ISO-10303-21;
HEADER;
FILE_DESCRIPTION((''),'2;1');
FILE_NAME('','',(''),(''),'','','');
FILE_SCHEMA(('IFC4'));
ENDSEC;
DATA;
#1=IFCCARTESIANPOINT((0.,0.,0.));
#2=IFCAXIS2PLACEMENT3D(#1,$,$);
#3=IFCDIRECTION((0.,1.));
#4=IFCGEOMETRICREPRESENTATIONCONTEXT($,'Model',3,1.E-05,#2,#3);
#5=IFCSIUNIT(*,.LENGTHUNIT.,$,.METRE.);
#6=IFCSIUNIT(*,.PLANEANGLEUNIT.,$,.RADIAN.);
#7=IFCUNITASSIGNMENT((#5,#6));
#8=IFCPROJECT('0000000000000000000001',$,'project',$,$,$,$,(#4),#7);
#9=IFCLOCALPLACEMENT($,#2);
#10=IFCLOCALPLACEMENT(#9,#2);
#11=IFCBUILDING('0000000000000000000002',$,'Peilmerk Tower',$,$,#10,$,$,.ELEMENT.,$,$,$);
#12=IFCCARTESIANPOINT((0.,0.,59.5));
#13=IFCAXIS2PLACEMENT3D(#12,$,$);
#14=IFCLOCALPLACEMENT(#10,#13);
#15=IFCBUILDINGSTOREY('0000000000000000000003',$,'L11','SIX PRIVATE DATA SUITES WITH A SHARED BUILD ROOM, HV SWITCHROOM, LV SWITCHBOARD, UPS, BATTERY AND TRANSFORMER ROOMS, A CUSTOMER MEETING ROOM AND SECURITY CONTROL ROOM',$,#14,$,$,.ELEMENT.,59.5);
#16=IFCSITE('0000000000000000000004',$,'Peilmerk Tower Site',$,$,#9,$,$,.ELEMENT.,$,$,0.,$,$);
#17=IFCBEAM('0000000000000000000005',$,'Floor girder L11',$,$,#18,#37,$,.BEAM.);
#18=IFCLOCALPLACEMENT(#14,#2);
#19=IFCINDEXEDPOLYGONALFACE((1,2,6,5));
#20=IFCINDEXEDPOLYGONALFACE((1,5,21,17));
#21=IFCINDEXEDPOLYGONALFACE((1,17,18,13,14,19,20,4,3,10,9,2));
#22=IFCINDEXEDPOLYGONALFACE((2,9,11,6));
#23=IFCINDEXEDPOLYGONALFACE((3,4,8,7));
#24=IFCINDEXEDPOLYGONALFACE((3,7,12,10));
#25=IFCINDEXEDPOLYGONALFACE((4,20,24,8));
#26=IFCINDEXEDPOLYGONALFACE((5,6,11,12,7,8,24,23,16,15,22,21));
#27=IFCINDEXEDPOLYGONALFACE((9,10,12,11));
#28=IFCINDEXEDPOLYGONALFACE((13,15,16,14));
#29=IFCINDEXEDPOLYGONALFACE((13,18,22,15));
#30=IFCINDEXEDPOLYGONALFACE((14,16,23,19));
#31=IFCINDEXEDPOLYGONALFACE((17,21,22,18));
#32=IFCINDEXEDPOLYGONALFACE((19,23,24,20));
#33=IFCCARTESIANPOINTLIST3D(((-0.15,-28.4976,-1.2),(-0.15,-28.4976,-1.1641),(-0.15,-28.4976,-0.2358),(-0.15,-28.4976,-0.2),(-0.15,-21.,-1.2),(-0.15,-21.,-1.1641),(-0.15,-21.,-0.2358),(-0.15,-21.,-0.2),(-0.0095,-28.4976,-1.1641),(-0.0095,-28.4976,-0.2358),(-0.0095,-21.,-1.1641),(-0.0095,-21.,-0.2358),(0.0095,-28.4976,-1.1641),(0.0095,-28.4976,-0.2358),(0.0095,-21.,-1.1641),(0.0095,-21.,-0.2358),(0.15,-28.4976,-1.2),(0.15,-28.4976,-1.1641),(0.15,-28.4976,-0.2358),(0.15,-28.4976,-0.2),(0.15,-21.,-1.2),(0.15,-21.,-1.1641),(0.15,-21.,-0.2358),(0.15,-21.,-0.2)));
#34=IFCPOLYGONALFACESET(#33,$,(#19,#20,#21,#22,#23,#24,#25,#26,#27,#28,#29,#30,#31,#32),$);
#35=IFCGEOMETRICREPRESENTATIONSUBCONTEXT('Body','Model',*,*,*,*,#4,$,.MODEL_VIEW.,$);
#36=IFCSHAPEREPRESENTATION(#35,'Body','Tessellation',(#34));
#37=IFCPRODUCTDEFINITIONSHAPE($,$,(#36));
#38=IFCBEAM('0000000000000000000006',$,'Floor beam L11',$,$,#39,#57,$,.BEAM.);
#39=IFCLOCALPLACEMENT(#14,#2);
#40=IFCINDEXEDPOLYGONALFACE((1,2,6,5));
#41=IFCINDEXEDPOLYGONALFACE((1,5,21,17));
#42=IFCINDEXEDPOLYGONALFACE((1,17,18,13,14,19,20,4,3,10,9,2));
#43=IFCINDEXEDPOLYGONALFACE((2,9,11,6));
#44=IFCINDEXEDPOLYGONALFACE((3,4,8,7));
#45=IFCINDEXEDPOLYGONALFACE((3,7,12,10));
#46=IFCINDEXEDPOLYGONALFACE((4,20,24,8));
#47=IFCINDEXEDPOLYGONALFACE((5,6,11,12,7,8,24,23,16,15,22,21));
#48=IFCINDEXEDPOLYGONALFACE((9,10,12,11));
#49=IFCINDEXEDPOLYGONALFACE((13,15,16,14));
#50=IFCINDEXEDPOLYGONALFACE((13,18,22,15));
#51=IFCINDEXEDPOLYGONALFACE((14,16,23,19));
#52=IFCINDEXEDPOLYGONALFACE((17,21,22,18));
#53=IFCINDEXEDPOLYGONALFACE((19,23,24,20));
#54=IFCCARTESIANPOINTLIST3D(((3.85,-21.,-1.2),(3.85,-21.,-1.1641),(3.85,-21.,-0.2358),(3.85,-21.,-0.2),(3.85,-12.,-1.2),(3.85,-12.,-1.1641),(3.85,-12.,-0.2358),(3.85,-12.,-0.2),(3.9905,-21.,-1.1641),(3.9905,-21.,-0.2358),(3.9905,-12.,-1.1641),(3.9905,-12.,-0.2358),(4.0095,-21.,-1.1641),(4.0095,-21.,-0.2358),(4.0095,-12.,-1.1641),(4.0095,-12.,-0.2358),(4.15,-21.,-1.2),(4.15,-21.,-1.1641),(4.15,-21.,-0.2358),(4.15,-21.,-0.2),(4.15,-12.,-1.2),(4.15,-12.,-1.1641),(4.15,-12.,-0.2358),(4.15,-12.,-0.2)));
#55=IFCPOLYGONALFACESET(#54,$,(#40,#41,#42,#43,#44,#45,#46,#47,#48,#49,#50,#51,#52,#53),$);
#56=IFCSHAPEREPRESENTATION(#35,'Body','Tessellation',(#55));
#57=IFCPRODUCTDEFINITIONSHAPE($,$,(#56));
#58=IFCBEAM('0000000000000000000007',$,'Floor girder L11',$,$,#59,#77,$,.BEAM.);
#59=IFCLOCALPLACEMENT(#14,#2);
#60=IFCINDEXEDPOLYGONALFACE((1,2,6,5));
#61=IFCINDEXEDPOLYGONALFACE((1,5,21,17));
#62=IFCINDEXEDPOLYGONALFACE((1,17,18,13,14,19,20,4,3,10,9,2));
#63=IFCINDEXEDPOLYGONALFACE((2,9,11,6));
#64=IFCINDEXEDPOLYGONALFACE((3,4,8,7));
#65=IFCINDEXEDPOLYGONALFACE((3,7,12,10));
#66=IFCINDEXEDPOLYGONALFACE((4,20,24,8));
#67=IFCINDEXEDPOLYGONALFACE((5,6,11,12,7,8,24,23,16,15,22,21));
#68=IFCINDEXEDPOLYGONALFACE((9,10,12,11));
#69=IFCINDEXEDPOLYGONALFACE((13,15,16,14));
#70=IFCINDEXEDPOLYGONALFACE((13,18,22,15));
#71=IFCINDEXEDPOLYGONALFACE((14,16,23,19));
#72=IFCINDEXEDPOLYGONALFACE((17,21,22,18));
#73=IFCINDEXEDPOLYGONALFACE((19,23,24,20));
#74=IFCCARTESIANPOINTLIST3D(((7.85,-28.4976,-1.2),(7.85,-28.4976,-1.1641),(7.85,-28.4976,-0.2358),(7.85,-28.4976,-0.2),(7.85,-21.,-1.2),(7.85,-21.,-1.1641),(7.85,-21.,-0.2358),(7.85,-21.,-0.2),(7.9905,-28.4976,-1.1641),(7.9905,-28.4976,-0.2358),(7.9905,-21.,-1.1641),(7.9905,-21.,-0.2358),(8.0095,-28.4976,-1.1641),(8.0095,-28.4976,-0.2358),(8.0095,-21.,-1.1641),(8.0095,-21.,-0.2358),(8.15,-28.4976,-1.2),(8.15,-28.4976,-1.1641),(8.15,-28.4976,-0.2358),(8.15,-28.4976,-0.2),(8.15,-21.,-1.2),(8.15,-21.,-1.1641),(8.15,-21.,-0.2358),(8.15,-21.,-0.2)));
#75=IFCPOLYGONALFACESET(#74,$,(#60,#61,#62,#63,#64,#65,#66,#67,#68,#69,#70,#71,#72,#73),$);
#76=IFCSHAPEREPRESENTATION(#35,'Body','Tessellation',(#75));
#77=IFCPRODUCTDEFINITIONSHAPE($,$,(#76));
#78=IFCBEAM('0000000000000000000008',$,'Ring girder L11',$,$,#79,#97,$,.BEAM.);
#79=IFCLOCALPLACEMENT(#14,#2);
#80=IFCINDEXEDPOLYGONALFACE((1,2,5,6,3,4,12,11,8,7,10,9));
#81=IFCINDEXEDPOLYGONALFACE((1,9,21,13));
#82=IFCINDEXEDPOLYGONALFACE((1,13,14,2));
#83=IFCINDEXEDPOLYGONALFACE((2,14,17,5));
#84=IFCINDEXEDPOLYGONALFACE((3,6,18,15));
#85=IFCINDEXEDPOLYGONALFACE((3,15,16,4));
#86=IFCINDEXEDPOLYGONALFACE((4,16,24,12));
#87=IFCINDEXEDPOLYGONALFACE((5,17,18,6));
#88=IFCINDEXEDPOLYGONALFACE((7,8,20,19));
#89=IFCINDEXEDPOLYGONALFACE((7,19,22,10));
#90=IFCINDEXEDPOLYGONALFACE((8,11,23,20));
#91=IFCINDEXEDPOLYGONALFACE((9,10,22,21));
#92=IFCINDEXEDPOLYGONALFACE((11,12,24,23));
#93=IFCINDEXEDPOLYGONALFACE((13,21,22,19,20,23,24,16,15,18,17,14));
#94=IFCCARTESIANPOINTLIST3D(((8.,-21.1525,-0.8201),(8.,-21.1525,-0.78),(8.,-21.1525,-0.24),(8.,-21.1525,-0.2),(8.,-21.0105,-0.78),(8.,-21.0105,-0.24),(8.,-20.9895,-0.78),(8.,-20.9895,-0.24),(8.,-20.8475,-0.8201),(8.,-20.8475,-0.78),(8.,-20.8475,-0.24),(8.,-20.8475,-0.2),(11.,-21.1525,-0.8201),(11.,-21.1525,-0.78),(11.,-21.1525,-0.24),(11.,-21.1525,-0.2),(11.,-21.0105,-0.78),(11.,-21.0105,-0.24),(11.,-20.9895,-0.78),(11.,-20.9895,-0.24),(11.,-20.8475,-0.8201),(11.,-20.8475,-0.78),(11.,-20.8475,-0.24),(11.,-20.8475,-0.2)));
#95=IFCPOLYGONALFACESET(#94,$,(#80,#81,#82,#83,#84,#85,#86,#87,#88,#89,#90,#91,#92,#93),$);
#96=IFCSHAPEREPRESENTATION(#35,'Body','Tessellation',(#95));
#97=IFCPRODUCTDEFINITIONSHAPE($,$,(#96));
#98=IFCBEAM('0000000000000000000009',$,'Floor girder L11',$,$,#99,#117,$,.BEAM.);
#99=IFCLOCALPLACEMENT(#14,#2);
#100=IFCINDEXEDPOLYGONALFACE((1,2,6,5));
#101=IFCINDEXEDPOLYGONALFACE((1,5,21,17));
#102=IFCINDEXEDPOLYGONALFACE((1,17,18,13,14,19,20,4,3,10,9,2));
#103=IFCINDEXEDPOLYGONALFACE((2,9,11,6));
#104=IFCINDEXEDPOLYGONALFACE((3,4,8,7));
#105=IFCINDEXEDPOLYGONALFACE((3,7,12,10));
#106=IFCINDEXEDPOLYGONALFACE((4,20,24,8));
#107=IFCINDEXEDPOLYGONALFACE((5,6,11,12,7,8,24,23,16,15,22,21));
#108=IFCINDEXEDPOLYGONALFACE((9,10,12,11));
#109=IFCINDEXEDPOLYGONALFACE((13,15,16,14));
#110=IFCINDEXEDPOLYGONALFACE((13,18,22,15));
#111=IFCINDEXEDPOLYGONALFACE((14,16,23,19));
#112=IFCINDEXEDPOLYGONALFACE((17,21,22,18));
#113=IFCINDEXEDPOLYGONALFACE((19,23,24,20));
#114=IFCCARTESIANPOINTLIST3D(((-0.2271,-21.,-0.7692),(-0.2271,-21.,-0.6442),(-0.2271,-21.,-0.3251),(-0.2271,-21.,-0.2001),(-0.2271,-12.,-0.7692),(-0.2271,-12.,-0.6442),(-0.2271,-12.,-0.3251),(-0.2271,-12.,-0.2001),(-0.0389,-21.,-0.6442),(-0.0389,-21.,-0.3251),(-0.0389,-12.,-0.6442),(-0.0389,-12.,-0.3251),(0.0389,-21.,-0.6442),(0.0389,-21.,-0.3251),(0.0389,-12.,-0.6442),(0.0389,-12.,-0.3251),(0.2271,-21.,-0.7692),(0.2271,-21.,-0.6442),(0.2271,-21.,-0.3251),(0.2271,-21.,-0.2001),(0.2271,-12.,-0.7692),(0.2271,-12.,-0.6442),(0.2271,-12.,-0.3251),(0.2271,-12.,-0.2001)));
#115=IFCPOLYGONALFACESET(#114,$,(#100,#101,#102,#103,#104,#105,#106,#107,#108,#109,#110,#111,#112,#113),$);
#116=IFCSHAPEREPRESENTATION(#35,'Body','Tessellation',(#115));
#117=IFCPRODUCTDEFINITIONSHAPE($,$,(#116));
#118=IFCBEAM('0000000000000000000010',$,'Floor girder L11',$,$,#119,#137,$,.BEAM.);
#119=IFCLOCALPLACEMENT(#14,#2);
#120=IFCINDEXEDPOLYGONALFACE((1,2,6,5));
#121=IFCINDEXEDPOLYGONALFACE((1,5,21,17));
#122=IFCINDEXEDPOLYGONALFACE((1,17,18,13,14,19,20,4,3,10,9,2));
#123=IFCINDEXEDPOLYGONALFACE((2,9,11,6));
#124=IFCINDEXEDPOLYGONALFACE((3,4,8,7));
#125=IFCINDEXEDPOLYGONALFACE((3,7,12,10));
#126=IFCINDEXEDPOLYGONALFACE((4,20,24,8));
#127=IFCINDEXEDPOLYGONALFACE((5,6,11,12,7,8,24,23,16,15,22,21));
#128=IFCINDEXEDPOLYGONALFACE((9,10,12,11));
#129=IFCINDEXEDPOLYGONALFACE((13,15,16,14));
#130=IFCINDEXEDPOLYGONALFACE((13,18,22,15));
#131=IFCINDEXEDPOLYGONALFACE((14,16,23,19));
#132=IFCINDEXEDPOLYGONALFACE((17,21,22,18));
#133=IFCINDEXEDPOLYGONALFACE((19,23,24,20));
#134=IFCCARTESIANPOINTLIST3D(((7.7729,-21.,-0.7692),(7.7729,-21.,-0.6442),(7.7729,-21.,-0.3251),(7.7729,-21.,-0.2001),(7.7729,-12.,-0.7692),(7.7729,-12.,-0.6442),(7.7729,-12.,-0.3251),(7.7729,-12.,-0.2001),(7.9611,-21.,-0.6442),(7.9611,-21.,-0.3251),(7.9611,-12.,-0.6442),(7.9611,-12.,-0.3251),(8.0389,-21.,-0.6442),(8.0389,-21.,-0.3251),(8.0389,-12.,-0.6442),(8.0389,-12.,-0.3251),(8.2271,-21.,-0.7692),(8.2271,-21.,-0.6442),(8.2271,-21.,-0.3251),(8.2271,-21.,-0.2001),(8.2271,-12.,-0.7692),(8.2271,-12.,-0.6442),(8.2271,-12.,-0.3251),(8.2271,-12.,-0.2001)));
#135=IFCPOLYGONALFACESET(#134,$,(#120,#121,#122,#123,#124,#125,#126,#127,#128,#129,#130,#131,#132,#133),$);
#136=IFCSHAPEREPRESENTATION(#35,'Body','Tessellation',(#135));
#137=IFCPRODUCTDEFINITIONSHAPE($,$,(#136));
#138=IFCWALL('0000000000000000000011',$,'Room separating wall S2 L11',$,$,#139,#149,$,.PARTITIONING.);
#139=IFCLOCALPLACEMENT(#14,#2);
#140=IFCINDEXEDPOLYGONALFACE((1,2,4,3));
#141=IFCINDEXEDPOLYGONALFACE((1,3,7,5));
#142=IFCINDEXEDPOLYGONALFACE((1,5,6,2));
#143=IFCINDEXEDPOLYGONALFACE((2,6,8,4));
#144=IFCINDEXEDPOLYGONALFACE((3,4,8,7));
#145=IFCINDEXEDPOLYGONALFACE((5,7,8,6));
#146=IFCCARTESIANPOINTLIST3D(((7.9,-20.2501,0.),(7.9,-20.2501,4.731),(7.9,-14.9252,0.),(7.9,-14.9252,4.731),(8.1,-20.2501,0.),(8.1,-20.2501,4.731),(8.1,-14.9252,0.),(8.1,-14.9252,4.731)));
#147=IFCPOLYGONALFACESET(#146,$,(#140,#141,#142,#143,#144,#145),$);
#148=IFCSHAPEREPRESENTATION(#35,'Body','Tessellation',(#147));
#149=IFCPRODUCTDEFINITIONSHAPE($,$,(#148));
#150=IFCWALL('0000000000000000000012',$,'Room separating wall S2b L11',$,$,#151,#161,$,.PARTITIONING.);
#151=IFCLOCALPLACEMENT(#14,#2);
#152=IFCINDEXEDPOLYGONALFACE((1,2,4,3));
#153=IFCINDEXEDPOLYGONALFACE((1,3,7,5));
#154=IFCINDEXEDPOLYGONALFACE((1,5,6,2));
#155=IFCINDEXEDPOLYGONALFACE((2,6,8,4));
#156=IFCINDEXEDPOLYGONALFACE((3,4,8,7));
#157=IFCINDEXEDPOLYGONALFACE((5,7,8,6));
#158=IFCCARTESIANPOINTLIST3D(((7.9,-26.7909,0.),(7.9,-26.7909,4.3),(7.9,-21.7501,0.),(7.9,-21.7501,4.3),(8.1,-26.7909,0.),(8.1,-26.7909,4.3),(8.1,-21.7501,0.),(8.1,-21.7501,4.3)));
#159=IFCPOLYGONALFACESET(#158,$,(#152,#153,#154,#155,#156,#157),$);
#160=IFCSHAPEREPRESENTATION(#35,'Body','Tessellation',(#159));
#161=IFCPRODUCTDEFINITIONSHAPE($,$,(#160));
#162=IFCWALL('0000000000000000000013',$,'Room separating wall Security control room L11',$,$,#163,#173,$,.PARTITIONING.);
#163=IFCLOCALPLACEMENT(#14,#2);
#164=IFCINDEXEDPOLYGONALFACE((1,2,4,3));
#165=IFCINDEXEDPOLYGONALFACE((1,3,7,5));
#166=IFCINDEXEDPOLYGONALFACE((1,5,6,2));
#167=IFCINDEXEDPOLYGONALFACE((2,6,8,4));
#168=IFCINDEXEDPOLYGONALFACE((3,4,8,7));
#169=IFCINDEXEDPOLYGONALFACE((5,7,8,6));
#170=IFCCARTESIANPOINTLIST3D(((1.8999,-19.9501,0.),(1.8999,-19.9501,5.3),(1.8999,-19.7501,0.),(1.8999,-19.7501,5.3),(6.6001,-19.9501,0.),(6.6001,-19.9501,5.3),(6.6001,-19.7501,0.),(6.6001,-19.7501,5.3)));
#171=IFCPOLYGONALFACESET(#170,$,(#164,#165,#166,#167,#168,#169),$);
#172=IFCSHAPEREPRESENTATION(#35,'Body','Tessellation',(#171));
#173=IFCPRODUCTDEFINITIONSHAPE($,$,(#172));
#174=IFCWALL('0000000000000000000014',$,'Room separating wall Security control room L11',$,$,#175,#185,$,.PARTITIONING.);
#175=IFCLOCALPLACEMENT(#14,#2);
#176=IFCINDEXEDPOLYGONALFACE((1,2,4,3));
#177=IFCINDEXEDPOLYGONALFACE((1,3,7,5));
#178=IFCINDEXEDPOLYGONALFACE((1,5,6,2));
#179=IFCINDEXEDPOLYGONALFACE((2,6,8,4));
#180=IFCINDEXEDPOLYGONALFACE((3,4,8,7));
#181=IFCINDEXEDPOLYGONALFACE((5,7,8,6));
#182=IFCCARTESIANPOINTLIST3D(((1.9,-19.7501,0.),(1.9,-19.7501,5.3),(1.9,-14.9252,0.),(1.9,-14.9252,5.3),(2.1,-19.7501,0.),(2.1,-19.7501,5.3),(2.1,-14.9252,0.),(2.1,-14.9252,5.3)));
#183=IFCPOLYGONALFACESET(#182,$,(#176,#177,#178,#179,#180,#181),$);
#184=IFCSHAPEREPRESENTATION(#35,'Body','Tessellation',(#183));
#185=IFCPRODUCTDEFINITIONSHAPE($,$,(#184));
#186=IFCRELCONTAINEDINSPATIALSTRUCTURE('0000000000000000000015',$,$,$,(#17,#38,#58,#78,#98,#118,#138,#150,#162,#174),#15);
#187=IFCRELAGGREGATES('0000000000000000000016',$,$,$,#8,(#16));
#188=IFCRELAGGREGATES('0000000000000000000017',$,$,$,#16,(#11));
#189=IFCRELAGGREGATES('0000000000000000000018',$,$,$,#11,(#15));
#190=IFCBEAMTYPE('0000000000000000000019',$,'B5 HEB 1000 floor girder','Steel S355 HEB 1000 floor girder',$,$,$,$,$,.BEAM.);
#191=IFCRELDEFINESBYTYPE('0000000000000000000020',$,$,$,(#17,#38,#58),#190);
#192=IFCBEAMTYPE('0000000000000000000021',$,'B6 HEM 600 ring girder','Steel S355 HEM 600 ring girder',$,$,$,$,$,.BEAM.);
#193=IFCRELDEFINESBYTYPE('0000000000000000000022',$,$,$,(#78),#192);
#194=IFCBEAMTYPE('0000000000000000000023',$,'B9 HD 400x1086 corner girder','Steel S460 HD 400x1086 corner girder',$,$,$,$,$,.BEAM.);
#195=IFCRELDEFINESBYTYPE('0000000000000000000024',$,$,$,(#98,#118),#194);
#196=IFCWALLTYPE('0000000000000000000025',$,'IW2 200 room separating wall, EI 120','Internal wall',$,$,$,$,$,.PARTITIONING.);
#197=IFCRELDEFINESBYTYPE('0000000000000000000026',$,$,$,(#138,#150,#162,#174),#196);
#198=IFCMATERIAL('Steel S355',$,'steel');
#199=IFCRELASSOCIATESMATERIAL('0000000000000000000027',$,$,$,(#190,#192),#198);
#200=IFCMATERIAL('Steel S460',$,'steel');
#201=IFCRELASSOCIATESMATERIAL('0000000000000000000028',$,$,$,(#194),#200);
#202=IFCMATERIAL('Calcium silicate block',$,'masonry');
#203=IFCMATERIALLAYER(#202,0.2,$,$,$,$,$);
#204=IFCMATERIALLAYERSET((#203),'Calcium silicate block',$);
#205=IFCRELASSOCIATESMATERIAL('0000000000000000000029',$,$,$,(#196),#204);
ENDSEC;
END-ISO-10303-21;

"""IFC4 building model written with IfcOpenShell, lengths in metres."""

from ifc_helpers import new_model, si_unit, direction, frame, frame_2d, origin, origin_2d, place, context, subcontext, project, spatial, rectangle, i_section, extrude, material, layer, layer_set, material_profile, profile_set, type_object, element, save


model = new_model("IFC4")

# Units and contexts
model_context = context("Model", 3, precision=1e-05, world=origin(), true_north=direction((0.0, 1.0)))
body_context = subcontext(model_context, "Body", "Model", "MODEL_VIEW")
ifc_project = project(units=[si_unit("LENGTHUNIT", "METRE"), si_unit("PLANEANGLEUNIT", "RADIAN")], contexts=[model_context])

# Site, building, storey
site_placement = place(None, origin())
site = spatial("IfcSite", under=ifc_project, at=site_placement, Name="Peilmerk Tower Site", CompositionType="ELEMENT", RefElevation=0.0)
building_placement = place(site_placement, origin())
building = spatial("IfcBuilding", under=site, at=building_placement, Name="Peilmerk Tower", CompositionType="ELEMENT")
storey_placement = place(building_placement, frame((0.0, 0.0, 59.5)))
storey = spatial("IfcBuildingStorey", under=building, at=storey_placement, Name="L11", Description="SIX PRIVATE DATA SUITES WITH A SHARED BUILD ROOM, HV SWITCHROOM, LV SWITCHBOARD, UPS, BATTERY AND TRANSFORMER ROOMS, A CUSTOMER MEETING ROOM AND SECURITY CONTROL ROOM", CompositionType="ELEMENT", Elevation=59.5)

# Beams
ifc_material_1 = material(Name="Steel S355", Category="steel")
ifc_material_profile_1 = material_profile(ifc_material_1, i_section(OverallWidth=0.3, OverallDepth=1.0, WebThickness=0.019, FlangeThickness=0.0359, at=origin_2d()), Name="HEB 1000")
ifc_profile_set_1 = profile_set([ifc_material_profile_1], Name="Steel S355")
beam_type_1 = type_object("IfcBeamType", Name="B5 HEB 1000 floor girder", Description="Steel S355 HEB 1000 floor girder", PredefinedType="BEAM", material=ifc_profile_set_1)
beam_1_placement = place(storey_placement, frame((0.0, -21.0, -0.7), z_axis=(0.0, -1.0, 0.0), x_axis=(1.0, 0.0, 0.0)))
element("IfcBeam", 1, at=beam_1_placement, inside=storey, type_object=beam_type_1, Name="Floor girder L11", PredefinedType="BEAM", context=body_context, shape_type="SweptSolid", body=[
    extrude(i_section(OverallWidth=0.3, OverallDepth=1.0, WebThickness=0.019, FlangeThickness=0.0359, at=origin_2d()), origin(), (0.0, 0.0, 1.0), 7.4976),
])
beam_2_placement = place(storey_placement, frame((4.0, -12.0, -0.7), z_axis=(0.0, -1.0, 0.0), x_axis=(1.0, 0.0, 0.0)))
element("IfcBeam", 2, at=beam_2_placement, inside=storey, type_object=beam_type_1, Name="Floor beam L11", PredefinedType="BEAM", context=body_context, shape_type="SweptSolid", body=[
    extrude(i_section(OverallWidth=0.3, OverallDepth=1.0, WebThickness=0.019, FlangeThickness=0.0359, at=origin_2d()), origin(), (0.0, 0.0, 1.0), 9.0),
])
beam_3_placement = place(storey_placement, frame((8.0, -21.0, -0.7), z_axis=(0.0, -1.0, 0.0), x_axis=(1.0, 0.0, 0.0)))
element("IfcBeam", 3, at=beam_3_placement, inside=storey, type_object=beam_type_1, Name="Floor girder L11", PredefinedType="BEAM", context=body_context, shape_type="SweptSolid", body=[
    extrude(i_section(OverallWidth=0.3, OverallDepth=1.0, WebThickness=0.019, FlangeThickness=0.0359, at=origin_2d()), origin(), (0.0, 0.0, 1.0), 7.4976),
])
ifc_material_profile_2 = material_profile(ifc_material_1, i_section(OverallWidth=0.3049, OverallDepth=0.6201, WebThickness=0.021, FlangeThickness=0.04, at=origin_2d()), Name="HEM 600")
ifc_profile_set_2 = profile_set([ifc_material_profile_2], Name="Steel S355")
beam_type_2 = type_object("IfcBeamType", Name="B6 HEM 600 ring girder", Description="Steel S355 HEM 600 ring girder", PredefinedType="BEAM", material=ifc_profile_set_2)
beam_4_placement = place(storey_placement, frame((8.0, -21.0, -0.51), z_axis=(1.0, 0.0, 0.0), x_axis=(0.0, 1.0, 0.0)))
element("IfcBeam", 4, at=beam_4_placement, inside=storey, type_object=beam_type_2, Name="Ring girder L11", PredefinedType="BEAM", context=body_context, shape_type="SweptSolid", body=[
    extrude(i_section(OverallWidth=0.3049, OverallDepth=0.6201, WebThickness=0.021, FlangeThickness=0.04, at=origin_2d()), origin(), (0.0, 0.0, 1.0), 3.0),
])
ifc_material_2 = material(Name="Steel S460", Category="steel")
ifc_material_profile_3 = material_profile(ifc_material_2, i_section(OverallWidth=0.4541, OverallDepth=0.5691, WebThickness=0.0779, FlangeThickness=0.125, at=origin_2d()), Name="HD 400x1086")
ifc_profile_set_3 = profile_set([ifc_material_profile_3], Name="Steel S460")
beam_type_3 = type_object("IfcBeamType", Name="B9 HD 400x1086 corner girder", Description="Steel S460 HD 400x1086 corner girder", PredefinedType="BEAM", material=ifc_profile_set_3)
for number, where, z_axis, x_axis, name in (
    (5, (0.0, -12.0, -0.4846), (0.0, -1.0, 0.0), (1.0, 0.0, 0.0), "Floor girder L11"),
    (6, (8.0, -12.0, -0.4846), (0.0, -1.0, 0.0), (1.0, 0.0, 0.0), "Floor girder L11"),
):
    element("IfcBeam", number, at=place(storey_placement, frame(where, z_axis=z_axis, x_axis=x_axis)), inside=storey, type_object=beam_type_3, Name=name, PredefinedType="BEAM", context=body_context, shape_type="SweptSolid", body=[
        extrude(i_section(OverallWidth=0.4541, OverallDepth=0.5691, WebThickness=0.0779, FlangeThickness=0.125, at=origin_2d()), origin(), (0.0, 0.0, 1.0), 9.0),
    ])

# Walls
ifc_material_3 = material(Name="Calcium silicate block", Category="masonry")
ifc_layer_1 = layer(ifc_material_3, 0.2)
ifc_layer_set_1 = layer_set([ifc_layer_1], Name="Calcium silicate block")
wall_type_1 = type_object("IfcWallType", Name="IW2 200 room separating wall, EI 120", Description="Internal wall", PredefinedType="PARTITIONING", material=ifc_layer_set_1)
wall_1_placement = place(storey_placement, frame((8.0, -14.925, 0.0), z_axis=(0.0, 0.0, 1.0), x_axis=(0.0, -1.0, 0.0)))
element("IfcWall", 7, at=wall_1_placement, inside=storey, type_object=wall_type_1, Name="Room separating wall S2 L11", PredefinedType="PARTITIONING", context=body_context, shape_type="SweptSolid", body=[
    extrude(rectangle(XDim=5.325, YDim=0.2, at=frame_2d((2.6626, 0.0))), origin(), (0.0, 0.0, 1.0), 4.731),
])
wall_2_placement = place(storey_placement, frame((8.0, -21.75, 0.0), z_axis=(0.0, 0.0, 1.0), x_axis=(0.0, -1.0, 0.0)))
element("IfcWall", 8, at=wall_2_placement, inside=storey, type_object=wall_type_1, Name="Room separating wall S2b L11", PredefinedType="PARTITIONING", context=body_context, shape_type="SweptSolid", body=[
    extrude(rectangle(XDim=5.0408, YDim=0.2, at=frame_2d((2.5205, 0.0))), origin(), (0.0, 0.0, 1.0), 4.3),
])
wall_3_placement = place(storey_placement, frame((1.8999, -19.8501, 0.0), z_axis=(0.0, 0.0, 1.0), x_axis=(1.0, 0.0, 0.0)))
element("IfcWall", 9, at=wall_3_placement, inside=storey, type_object=wall_type_1, Name="Room separating wall Security control room L11", PredefinedType="PARTITIONING", context=body_context, shape_type="SweptSolid", body=[
    extrude(rectangle(XDim=4.7002, YDim=0.2, at=frame_2d((2.3501, 0.0))), origin(), (0.0, 0.0, 1.0), 5.3),
])
for number, where, z_axis, x_axis, name in (
    (10, (2.0, -14.925, 0.0), (0.0, 0.0, 1.0), (0.0, -1.0, 0.0), "Room separating wall Security control room L11"),
):
    element("IfcWall", number, at=place(storey_placement, frame(where, z_axis=z_axis, x_axis=x_axis)), inside=storey, type_object=wall_type_1, Name=name, PredefinedType="PARTITIONING", context=body_context, shape_type="SweptSolid", body=[
        extrude(rectangle(XDim=4.825, YDim=0.2, at=frame_2d((2.4126, 0.0))), origin(), (0.0, 0.0, 1.0), 5.3),
    ])

save(model, "model.ifc")
